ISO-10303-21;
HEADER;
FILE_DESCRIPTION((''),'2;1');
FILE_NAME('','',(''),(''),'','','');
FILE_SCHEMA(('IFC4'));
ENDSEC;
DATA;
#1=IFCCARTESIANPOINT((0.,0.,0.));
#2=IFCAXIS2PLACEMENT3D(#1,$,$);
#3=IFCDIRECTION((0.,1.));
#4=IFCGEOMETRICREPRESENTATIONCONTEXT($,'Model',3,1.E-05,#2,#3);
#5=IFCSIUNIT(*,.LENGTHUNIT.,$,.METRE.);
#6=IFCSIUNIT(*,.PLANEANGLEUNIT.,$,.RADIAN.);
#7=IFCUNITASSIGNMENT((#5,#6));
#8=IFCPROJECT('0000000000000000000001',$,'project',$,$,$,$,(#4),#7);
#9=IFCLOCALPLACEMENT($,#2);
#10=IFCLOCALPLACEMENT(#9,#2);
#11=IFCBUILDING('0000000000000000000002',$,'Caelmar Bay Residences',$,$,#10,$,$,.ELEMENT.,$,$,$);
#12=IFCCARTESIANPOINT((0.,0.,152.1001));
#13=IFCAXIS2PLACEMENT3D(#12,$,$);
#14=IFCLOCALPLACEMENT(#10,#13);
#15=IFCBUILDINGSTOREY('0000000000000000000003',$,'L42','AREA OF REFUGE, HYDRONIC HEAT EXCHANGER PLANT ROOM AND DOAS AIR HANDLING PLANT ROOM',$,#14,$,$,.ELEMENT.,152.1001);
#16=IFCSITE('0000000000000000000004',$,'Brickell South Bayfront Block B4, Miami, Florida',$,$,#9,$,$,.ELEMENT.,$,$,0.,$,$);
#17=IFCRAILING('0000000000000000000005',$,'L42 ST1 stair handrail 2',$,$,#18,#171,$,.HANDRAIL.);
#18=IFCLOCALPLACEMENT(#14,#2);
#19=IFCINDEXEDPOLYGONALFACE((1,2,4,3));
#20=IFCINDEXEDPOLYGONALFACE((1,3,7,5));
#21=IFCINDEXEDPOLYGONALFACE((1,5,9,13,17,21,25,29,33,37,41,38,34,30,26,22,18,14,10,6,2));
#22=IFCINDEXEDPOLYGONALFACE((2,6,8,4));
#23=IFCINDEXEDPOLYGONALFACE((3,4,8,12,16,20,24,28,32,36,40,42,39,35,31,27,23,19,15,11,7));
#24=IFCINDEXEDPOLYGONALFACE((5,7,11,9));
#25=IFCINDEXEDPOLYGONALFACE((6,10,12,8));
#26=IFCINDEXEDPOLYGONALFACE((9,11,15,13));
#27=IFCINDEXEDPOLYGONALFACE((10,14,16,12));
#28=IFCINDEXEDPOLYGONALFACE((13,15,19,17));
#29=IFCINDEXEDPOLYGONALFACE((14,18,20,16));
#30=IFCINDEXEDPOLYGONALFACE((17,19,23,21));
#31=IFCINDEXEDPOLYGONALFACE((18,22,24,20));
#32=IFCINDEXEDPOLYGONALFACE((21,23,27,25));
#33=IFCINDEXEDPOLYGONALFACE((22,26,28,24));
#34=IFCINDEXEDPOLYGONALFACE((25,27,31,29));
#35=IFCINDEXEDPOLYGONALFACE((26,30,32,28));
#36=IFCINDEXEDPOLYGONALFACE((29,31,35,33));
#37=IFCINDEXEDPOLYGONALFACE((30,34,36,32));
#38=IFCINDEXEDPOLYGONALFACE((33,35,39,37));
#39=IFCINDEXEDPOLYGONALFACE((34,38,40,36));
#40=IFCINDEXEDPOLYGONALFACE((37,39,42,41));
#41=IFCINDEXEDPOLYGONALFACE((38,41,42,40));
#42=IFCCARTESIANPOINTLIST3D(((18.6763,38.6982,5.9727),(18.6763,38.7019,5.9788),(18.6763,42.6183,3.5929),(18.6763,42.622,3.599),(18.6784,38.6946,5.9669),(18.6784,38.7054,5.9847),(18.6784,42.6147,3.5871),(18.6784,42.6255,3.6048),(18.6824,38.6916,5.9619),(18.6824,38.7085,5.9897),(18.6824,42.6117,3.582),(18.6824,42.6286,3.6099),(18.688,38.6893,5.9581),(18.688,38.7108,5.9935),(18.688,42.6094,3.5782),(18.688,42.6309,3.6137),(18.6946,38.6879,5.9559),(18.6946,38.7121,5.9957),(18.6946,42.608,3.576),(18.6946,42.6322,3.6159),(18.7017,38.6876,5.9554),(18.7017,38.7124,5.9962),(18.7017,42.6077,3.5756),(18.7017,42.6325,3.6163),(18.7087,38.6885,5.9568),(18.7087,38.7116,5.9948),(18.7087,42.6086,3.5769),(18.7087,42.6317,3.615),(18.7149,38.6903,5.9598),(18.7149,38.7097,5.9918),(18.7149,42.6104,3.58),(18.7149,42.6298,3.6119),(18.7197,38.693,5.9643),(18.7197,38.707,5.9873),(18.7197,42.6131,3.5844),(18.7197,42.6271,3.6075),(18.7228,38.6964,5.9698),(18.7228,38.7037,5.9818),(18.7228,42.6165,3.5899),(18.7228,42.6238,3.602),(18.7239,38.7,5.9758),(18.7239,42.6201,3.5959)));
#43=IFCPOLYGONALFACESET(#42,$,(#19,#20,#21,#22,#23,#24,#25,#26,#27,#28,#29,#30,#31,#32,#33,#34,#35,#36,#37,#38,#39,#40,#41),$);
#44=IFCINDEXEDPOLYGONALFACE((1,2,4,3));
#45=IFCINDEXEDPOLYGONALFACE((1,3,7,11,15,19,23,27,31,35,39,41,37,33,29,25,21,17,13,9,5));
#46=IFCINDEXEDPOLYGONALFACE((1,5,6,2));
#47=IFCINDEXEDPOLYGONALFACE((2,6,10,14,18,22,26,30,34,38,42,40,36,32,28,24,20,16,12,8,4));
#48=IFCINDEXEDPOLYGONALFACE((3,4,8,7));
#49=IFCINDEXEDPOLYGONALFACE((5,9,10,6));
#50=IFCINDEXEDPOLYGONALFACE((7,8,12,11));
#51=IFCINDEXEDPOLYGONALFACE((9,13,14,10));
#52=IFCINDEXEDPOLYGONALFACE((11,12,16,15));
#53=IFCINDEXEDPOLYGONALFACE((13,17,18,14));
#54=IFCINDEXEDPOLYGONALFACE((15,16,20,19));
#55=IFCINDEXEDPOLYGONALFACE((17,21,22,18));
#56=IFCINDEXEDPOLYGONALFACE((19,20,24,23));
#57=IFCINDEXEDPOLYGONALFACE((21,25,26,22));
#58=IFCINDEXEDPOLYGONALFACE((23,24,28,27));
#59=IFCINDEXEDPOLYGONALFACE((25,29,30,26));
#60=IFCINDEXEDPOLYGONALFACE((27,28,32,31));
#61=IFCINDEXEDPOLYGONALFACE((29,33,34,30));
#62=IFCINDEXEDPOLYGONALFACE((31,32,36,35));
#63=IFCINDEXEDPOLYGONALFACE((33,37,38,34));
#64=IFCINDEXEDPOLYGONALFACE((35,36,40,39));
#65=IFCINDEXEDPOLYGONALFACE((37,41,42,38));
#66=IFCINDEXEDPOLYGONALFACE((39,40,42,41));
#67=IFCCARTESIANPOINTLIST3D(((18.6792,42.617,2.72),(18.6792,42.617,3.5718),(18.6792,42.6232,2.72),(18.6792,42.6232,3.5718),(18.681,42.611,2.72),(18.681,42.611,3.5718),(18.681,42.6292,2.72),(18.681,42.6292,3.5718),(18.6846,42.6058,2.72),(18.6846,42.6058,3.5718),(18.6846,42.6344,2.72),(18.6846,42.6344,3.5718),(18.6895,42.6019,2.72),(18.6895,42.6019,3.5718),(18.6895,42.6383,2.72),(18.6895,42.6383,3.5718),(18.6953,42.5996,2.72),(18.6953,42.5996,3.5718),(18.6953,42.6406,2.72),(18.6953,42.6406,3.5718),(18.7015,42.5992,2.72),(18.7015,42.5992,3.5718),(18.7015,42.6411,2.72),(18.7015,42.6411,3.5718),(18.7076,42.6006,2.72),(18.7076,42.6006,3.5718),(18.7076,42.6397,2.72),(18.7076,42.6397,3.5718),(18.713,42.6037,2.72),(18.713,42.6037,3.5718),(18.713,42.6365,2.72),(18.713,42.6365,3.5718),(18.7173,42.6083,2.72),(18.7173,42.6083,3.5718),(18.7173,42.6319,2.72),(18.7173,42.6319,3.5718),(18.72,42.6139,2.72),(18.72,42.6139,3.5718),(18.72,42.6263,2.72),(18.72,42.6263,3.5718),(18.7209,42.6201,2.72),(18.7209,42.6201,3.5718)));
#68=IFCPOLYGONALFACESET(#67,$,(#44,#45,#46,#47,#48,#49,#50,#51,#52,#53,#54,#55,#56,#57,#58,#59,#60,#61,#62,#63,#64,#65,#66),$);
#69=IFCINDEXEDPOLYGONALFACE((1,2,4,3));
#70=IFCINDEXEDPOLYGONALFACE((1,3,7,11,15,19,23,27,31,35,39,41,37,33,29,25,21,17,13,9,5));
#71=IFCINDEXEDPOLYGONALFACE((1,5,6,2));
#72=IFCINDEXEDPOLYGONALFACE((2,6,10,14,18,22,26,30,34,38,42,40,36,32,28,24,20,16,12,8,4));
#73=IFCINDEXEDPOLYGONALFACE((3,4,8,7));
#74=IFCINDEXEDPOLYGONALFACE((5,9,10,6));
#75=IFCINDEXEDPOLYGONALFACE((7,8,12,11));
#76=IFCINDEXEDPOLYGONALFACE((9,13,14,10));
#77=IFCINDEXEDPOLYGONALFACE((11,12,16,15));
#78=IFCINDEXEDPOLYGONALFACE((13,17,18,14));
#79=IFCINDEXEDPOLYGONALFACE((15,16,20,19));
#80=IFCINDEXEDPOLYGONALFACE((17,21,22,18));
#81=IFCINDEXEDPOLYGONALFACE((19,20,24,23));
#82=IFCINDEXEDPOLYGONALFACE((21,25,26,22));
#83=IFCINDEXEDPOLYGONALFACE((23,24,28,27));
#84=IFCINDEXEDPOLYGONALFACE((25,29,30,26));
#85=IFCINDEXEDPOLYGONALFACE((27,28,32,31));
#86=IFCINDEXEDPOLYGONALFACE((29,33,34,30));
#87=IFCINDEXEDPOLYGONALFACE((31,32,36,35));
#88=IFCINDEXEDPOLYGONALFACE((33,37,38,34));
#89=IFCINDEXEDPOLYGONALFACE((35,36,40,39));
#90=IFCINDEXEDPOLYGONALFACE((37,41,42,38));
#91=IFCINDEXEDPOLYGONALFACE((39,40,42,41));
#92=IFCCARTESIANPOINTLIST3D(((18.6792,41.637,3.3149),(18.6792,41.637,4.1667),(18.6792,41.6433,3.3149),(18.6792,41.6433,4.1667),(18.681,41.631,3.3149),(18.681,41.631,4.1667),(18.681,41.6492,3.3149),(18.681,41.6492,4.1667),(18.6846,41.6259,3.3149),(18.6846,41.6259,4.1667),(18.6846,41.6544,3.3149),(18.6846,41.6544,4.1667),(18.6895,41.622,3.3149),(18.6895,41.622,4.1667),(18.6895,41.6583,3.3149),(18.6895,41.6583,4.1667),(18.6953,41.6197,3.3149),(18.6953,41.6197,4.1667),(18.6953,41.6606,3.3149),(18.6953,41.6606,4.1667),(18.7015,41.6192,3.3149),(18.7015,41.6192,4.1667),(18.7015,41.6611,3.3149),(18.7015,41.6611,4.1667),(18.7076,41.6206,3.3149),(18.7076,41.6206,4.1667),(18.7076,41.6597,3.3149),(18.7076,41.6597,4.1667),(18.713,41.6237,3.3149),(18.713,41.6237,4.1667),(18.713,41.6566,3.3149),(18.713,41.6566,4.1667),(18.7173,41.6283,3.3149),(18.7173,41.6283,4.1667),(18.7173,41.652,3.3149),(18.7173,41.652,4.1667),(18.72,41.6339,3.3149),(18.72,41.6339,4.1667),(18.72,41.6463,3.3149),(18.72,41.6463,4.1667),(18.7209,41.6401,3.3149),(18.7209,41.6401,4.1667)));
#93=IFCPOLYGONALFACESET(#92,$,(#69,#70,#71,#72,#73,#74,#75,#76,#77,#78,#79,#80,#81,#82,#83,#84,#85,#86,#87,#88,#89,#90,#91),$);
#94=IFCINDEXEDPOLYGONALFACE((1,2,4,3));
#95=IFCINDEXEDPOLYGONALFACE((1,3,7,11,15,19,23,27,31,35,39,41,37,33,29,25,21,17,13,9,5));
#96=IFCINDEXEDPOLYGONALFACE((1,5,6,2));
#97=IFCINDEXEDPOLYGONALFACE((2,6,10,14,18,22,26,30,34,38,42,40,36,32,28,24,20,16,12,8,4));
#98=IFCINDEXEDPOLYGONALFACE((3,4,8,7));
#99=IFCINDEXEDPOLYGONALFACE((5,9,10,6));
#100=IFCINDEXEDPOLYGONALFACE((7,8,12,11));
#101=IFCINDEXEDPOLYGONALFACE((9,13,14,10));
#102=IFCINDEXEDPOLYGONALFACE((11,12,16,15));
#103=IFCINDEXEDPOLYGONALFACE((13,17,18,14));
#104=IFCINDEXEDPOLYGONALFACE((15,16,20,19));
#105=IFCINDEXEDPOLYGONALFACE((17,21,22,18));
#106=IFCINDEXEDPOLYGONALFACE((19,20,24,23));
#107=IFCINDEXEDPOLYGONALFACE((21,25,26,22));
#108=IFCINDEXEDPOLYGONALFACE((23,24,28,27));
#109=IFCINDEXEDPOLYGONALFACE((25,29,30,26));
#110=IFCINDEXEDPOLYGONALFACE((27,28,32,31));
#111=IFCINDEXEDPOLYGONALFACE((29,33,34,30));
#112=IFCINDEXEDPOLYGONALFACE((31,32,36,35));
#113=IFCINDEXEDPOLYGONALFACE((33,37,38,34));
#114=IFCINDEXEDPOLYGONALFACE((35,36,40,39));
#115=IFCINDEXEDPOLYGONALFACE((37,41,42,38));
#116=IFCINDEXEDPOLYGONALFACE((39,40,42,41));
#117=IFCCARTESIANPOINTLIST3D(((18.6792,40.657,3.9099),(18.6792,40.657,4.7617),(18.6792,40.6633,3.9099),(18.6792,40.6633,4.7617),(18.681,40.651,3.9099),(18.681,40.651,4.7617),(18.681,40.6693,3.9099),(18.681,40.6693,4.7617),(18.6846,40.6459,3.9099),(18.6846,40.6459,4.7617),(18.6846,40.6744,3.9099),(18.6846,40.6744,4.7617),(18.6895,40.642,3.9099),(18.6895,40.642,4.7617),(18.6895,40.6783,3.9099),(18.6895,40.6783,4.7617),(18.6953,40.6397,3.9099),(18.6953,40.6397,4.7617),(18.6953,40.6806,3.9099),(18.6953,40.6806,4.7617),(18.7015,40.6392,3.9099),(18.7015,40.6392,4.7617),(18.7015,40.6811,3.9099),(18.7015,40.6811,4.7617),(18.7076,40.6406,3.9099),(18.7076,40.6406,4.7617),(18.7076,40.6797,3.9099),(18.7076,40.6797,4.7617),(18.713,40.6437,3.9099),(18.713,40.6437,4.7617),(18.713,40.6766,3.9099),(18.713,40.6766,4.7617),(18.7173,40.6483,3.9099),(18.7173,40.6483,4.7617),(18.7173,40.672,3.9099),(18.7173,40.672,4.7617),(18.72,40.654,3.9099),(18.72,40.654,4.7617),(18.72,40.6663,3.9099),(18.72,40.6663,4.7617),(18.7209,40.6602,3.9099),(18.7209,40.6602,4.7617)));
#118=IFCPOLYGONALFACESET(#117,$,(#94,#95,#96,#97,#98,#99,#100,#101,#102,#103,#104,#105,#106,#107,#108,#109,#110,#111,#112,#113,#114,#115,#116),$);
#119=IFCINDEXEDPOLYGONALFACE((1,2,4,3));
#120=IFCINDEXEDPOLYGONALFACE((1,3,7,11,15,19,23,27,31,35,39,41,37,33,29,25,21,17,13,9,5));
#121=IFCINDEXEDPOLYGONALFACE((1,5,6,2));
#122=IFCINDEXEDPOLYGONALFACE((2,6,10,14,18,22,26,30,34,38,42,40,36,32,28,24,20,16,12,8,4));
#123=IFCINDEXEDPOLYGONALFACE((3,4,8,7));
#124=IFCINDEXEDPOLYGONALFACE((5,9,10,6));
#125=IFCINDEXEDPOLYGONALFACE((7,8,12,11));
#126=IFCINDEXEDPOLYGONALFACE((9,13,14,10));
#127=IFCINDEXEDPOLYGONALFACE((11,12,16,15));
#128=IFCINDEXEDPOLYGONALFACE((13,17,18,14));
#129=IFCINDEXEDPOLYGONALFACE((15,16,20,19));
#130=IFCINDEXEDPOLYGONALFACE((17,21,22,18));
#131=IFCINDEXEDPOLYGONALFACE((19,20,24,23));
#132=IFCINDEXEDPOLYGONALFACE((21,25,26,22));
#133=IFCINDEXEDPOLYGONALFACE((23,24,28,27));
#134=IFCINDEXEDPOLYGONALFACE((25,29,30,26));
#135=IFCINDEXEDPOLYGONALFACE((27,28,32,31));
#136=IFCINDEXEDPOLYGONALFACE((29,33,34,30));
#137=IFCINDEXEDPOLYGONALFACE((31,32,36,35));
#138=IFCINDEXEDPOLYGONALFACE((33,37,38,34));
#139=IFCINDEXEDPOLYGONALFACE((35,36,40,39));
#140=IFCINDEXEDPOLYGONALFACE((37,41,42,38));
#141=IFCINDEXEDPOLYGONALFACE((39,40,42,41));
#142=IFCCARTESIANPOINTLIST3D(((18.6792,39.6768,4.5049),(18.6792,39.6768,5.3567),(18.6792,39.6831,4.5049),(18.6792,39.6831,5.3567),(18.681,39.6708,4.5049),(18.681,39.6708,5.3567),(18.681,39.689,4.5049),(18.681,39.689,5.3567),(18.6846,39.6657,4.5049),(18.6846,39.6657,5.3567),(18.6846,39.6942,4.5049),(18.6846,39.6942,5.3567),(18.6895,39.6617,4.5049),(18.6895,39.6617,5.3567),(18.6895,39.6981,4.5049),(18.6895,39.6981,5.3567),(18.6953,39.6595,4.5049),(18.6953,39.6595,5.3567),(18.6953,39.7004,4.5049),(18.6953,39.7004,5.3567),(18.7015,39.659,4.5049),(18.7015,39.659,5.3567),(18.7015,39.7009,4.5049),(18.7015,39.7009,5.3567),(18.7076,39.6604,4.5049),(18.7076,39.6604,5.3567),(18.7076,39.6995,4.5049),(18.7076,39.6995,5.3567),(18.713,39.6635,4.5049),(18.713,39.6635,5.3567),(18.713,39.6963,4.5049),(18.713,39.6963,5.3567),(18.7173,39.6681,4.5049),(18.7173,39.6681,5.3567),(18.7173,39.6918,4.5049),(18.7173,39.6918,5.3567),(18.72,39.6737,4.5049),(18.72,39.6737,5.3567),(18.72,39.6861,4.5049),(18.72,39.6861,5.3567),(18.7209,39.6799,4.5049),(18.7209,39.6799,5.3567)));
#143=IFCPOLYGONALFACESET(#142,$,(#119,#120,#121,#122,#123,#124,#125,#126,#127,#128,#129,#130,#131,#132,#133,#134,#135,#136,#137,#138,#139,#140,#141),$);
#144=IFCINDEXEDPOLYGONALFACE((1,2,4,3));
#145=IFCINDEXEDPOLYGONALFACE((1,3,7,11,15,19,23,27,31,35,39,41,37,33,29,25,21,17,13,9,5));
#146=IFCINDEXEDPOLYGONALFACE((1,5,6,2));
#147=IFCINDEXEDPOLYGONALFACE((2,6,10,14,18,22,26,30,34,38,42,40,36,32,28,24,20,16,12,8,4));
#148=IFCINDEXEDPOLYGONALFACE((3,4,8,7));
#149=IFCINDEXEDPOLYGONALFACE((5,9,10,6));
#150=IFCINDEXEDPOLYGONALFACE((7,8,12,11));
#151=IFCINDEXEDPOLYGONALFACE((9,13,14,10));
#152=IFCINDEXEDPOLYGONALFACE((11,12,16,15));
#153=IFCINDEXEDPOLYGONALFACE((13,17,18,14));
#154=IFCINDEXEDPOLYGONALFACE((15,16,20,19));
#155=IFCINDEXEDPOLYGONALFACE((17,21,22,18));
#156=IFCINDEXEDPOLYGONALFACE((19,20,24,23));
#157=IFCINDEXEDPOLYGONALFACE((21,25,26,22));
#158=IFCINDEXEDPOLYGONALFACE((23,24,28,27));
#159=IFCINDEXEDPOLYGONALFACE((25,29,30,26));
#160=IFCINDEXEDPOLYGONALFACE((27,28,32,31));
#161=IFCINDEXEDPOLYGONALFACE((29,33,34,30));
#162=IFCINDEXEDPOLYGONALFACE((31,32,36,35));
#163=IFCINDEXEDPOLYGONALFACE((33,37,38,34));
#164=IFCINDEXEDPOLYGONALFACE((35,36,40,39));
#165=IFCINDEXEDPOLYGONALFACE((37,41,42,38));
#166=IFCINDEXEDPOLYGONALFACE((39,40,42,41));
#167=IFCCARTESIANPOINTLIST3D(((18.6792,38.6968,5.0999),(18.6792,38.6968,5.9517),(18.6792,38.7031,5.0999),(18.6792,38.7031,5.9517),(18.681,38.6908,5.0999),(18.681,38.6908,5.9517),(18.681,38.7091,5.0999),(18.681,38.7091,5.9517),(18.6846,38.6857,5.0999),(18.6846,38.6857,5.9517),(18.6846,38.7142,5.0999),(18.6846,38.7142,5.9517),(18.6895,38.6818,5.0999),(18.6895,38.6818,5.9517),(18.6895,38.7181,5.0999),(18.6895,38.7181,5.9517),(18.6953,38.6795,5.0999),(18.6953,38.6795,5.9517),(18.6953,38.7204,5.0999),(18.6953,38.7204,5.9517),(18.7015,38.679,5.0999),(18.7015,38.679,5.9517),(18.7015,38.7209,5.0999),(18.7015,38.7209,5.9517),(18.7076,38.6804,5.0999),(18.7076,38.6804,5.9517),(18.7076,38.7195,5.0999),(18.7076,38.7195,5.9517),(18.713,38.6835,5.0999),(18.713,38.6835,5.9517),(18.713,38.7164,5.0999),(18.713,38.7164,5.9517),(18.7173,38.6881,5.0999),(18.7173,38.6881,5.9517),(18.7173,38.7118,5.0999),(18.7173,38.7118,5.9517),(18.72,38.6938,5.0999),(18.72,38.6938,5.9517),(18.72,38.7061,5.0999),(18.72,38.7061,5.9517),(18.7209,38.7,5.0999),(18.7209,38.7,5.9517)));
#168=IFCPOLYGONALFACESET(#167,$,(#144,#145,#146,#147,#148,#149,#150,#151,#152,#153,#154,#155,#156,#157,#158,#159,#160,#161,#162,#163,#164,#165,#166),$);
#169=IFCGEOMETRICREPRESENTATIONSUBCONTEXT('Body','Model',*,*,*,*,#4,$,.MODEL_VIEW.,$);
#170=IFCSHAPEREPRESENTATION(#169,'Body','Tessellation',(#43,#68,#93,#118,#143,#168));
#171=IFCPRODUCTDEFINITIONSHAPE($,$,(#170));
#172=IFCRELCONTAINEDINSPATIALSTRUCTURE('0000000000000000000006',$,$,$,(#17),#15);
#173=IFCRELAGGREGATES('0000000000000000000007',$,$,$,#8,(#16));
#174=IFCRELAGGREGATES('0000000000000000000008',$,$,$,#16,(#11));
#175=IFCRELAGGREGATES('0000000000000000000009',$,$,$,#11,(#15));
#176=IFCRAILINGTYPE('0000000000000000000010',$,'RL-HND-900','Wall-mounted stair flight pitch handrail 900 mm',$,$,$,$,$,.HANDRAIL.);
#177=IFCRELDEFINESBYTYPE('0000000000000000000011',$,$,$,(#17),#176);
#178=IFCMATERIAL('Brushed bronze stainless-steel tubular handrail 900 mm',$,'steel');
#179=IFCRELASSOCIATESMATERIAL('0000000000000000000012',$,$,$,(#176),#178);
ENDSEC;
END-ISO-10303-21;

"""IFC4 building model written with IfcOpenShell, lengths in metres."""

from ifc_helpers import new_model, si_unit, direction, frame, origin, origin_2d, place, context, subcontext, project, spatial, circle, extrude, material, type_object, element, save


model = new_model("IFC4")

# Units and contexts
model_context = context("Model", 3, precision=1e-05, world=origin(), true_north=direction((0.0, 1.0)))
body_context = subcontext(model_context, "Body", "Model", "MODEL_VIEW")
ifc_project = project(units=[si_unit("LENGTHUNIT", "METRE"), si_unit("PLANEANGLEUNIT", "RADIAN")], contexts=[model_context])

# Site, building, storey
site_placement = place(None, origin())
site = spatial("IfcSite", under=ifc_project, at=site_placement, Name="Brickell South Bayfront Block B4, Miami, Florida", CompositionType="ELEMENT", RefElevation=0.0)
building_placement = place(site_placement, origin())
building = spatial("IfcBuilding", under=site, at=building_placement, Name="Caelmar Bay Residences", CompositionType="ELEMENT")
storey_placement = place(building_placement, frame((0.0, 0.0, 152.1001)))
storey = spatial("IfcBuildingStorey", under=building, at=storey_placement, Name="L42", Description="AREA OF REFUGE, HYDRONIC HEAT EXCHANGER PLANT ROOM AND DOAS AIR HANDLING PLANT ROOM", CompositionType="ELEMENT", Elevation=152.1001)

# Railing
ifc_material_1 = material(Name="Brushed bronze stainless-steel tubular handrail 900 mm", Category="steel")
railing_type_1 = type_object("IfcRailingType", Name="RL-HND-900", Description="Wall-mounted stair flight pitch handrail 900 mm", PredefinedType="HANDRAIL", material=ifc_material_1)
railing_1_placement = place(storey_placement, frame((18.7, 42.6201, 2.72)))
element("IfcRailing", 1, at=railing_1_placement, inside=storey, type_object=railing_type_1, Name="L42 ST1 stair handrail 2", PredefinedType="HANDRAIL", context=body_context, shape_type="SweptSolid", body=[
    extrude(circle(Radius=0.0239, at=origin_2d()), frame((0.0, 0.0, 0.876), z_axis=(0.0, -0.854809, 0.518943), x_axis=(1.0, 0.0, 0.0)), (0.0, 0.0, 1.0), 4.5859),
    extrude(circle(Radius=0.021, at=origin_2d()), origin(), (0.0, 0.0, 1.0), 0.8518),
    extrude(circle(Radius=0.021, at=origin_2d()), frame((0.0, -0.98, 0.595)), (0.0, 0.0, 1.0), 0.8518),
    extrude(circle(Radius=0.021, at=origin_2d()), frame((0.0, -1.96, 1.1899)), (0.0, 0.0, 1.0), 0.8518),
    extrude(circle(Radius=0.021, at=origin_2d()), frame((0.0, -2.9402, 1.7849)), (0.0, 0.0, 1.0), 0.8518),
    extrude(circle(Radius=0.021, at=origin_2d()), frame((0.0, -3.9202, 2.3799)), (0.0, 0.0, 1.0), 0.8518),
])

save(model, "model.ifc")
